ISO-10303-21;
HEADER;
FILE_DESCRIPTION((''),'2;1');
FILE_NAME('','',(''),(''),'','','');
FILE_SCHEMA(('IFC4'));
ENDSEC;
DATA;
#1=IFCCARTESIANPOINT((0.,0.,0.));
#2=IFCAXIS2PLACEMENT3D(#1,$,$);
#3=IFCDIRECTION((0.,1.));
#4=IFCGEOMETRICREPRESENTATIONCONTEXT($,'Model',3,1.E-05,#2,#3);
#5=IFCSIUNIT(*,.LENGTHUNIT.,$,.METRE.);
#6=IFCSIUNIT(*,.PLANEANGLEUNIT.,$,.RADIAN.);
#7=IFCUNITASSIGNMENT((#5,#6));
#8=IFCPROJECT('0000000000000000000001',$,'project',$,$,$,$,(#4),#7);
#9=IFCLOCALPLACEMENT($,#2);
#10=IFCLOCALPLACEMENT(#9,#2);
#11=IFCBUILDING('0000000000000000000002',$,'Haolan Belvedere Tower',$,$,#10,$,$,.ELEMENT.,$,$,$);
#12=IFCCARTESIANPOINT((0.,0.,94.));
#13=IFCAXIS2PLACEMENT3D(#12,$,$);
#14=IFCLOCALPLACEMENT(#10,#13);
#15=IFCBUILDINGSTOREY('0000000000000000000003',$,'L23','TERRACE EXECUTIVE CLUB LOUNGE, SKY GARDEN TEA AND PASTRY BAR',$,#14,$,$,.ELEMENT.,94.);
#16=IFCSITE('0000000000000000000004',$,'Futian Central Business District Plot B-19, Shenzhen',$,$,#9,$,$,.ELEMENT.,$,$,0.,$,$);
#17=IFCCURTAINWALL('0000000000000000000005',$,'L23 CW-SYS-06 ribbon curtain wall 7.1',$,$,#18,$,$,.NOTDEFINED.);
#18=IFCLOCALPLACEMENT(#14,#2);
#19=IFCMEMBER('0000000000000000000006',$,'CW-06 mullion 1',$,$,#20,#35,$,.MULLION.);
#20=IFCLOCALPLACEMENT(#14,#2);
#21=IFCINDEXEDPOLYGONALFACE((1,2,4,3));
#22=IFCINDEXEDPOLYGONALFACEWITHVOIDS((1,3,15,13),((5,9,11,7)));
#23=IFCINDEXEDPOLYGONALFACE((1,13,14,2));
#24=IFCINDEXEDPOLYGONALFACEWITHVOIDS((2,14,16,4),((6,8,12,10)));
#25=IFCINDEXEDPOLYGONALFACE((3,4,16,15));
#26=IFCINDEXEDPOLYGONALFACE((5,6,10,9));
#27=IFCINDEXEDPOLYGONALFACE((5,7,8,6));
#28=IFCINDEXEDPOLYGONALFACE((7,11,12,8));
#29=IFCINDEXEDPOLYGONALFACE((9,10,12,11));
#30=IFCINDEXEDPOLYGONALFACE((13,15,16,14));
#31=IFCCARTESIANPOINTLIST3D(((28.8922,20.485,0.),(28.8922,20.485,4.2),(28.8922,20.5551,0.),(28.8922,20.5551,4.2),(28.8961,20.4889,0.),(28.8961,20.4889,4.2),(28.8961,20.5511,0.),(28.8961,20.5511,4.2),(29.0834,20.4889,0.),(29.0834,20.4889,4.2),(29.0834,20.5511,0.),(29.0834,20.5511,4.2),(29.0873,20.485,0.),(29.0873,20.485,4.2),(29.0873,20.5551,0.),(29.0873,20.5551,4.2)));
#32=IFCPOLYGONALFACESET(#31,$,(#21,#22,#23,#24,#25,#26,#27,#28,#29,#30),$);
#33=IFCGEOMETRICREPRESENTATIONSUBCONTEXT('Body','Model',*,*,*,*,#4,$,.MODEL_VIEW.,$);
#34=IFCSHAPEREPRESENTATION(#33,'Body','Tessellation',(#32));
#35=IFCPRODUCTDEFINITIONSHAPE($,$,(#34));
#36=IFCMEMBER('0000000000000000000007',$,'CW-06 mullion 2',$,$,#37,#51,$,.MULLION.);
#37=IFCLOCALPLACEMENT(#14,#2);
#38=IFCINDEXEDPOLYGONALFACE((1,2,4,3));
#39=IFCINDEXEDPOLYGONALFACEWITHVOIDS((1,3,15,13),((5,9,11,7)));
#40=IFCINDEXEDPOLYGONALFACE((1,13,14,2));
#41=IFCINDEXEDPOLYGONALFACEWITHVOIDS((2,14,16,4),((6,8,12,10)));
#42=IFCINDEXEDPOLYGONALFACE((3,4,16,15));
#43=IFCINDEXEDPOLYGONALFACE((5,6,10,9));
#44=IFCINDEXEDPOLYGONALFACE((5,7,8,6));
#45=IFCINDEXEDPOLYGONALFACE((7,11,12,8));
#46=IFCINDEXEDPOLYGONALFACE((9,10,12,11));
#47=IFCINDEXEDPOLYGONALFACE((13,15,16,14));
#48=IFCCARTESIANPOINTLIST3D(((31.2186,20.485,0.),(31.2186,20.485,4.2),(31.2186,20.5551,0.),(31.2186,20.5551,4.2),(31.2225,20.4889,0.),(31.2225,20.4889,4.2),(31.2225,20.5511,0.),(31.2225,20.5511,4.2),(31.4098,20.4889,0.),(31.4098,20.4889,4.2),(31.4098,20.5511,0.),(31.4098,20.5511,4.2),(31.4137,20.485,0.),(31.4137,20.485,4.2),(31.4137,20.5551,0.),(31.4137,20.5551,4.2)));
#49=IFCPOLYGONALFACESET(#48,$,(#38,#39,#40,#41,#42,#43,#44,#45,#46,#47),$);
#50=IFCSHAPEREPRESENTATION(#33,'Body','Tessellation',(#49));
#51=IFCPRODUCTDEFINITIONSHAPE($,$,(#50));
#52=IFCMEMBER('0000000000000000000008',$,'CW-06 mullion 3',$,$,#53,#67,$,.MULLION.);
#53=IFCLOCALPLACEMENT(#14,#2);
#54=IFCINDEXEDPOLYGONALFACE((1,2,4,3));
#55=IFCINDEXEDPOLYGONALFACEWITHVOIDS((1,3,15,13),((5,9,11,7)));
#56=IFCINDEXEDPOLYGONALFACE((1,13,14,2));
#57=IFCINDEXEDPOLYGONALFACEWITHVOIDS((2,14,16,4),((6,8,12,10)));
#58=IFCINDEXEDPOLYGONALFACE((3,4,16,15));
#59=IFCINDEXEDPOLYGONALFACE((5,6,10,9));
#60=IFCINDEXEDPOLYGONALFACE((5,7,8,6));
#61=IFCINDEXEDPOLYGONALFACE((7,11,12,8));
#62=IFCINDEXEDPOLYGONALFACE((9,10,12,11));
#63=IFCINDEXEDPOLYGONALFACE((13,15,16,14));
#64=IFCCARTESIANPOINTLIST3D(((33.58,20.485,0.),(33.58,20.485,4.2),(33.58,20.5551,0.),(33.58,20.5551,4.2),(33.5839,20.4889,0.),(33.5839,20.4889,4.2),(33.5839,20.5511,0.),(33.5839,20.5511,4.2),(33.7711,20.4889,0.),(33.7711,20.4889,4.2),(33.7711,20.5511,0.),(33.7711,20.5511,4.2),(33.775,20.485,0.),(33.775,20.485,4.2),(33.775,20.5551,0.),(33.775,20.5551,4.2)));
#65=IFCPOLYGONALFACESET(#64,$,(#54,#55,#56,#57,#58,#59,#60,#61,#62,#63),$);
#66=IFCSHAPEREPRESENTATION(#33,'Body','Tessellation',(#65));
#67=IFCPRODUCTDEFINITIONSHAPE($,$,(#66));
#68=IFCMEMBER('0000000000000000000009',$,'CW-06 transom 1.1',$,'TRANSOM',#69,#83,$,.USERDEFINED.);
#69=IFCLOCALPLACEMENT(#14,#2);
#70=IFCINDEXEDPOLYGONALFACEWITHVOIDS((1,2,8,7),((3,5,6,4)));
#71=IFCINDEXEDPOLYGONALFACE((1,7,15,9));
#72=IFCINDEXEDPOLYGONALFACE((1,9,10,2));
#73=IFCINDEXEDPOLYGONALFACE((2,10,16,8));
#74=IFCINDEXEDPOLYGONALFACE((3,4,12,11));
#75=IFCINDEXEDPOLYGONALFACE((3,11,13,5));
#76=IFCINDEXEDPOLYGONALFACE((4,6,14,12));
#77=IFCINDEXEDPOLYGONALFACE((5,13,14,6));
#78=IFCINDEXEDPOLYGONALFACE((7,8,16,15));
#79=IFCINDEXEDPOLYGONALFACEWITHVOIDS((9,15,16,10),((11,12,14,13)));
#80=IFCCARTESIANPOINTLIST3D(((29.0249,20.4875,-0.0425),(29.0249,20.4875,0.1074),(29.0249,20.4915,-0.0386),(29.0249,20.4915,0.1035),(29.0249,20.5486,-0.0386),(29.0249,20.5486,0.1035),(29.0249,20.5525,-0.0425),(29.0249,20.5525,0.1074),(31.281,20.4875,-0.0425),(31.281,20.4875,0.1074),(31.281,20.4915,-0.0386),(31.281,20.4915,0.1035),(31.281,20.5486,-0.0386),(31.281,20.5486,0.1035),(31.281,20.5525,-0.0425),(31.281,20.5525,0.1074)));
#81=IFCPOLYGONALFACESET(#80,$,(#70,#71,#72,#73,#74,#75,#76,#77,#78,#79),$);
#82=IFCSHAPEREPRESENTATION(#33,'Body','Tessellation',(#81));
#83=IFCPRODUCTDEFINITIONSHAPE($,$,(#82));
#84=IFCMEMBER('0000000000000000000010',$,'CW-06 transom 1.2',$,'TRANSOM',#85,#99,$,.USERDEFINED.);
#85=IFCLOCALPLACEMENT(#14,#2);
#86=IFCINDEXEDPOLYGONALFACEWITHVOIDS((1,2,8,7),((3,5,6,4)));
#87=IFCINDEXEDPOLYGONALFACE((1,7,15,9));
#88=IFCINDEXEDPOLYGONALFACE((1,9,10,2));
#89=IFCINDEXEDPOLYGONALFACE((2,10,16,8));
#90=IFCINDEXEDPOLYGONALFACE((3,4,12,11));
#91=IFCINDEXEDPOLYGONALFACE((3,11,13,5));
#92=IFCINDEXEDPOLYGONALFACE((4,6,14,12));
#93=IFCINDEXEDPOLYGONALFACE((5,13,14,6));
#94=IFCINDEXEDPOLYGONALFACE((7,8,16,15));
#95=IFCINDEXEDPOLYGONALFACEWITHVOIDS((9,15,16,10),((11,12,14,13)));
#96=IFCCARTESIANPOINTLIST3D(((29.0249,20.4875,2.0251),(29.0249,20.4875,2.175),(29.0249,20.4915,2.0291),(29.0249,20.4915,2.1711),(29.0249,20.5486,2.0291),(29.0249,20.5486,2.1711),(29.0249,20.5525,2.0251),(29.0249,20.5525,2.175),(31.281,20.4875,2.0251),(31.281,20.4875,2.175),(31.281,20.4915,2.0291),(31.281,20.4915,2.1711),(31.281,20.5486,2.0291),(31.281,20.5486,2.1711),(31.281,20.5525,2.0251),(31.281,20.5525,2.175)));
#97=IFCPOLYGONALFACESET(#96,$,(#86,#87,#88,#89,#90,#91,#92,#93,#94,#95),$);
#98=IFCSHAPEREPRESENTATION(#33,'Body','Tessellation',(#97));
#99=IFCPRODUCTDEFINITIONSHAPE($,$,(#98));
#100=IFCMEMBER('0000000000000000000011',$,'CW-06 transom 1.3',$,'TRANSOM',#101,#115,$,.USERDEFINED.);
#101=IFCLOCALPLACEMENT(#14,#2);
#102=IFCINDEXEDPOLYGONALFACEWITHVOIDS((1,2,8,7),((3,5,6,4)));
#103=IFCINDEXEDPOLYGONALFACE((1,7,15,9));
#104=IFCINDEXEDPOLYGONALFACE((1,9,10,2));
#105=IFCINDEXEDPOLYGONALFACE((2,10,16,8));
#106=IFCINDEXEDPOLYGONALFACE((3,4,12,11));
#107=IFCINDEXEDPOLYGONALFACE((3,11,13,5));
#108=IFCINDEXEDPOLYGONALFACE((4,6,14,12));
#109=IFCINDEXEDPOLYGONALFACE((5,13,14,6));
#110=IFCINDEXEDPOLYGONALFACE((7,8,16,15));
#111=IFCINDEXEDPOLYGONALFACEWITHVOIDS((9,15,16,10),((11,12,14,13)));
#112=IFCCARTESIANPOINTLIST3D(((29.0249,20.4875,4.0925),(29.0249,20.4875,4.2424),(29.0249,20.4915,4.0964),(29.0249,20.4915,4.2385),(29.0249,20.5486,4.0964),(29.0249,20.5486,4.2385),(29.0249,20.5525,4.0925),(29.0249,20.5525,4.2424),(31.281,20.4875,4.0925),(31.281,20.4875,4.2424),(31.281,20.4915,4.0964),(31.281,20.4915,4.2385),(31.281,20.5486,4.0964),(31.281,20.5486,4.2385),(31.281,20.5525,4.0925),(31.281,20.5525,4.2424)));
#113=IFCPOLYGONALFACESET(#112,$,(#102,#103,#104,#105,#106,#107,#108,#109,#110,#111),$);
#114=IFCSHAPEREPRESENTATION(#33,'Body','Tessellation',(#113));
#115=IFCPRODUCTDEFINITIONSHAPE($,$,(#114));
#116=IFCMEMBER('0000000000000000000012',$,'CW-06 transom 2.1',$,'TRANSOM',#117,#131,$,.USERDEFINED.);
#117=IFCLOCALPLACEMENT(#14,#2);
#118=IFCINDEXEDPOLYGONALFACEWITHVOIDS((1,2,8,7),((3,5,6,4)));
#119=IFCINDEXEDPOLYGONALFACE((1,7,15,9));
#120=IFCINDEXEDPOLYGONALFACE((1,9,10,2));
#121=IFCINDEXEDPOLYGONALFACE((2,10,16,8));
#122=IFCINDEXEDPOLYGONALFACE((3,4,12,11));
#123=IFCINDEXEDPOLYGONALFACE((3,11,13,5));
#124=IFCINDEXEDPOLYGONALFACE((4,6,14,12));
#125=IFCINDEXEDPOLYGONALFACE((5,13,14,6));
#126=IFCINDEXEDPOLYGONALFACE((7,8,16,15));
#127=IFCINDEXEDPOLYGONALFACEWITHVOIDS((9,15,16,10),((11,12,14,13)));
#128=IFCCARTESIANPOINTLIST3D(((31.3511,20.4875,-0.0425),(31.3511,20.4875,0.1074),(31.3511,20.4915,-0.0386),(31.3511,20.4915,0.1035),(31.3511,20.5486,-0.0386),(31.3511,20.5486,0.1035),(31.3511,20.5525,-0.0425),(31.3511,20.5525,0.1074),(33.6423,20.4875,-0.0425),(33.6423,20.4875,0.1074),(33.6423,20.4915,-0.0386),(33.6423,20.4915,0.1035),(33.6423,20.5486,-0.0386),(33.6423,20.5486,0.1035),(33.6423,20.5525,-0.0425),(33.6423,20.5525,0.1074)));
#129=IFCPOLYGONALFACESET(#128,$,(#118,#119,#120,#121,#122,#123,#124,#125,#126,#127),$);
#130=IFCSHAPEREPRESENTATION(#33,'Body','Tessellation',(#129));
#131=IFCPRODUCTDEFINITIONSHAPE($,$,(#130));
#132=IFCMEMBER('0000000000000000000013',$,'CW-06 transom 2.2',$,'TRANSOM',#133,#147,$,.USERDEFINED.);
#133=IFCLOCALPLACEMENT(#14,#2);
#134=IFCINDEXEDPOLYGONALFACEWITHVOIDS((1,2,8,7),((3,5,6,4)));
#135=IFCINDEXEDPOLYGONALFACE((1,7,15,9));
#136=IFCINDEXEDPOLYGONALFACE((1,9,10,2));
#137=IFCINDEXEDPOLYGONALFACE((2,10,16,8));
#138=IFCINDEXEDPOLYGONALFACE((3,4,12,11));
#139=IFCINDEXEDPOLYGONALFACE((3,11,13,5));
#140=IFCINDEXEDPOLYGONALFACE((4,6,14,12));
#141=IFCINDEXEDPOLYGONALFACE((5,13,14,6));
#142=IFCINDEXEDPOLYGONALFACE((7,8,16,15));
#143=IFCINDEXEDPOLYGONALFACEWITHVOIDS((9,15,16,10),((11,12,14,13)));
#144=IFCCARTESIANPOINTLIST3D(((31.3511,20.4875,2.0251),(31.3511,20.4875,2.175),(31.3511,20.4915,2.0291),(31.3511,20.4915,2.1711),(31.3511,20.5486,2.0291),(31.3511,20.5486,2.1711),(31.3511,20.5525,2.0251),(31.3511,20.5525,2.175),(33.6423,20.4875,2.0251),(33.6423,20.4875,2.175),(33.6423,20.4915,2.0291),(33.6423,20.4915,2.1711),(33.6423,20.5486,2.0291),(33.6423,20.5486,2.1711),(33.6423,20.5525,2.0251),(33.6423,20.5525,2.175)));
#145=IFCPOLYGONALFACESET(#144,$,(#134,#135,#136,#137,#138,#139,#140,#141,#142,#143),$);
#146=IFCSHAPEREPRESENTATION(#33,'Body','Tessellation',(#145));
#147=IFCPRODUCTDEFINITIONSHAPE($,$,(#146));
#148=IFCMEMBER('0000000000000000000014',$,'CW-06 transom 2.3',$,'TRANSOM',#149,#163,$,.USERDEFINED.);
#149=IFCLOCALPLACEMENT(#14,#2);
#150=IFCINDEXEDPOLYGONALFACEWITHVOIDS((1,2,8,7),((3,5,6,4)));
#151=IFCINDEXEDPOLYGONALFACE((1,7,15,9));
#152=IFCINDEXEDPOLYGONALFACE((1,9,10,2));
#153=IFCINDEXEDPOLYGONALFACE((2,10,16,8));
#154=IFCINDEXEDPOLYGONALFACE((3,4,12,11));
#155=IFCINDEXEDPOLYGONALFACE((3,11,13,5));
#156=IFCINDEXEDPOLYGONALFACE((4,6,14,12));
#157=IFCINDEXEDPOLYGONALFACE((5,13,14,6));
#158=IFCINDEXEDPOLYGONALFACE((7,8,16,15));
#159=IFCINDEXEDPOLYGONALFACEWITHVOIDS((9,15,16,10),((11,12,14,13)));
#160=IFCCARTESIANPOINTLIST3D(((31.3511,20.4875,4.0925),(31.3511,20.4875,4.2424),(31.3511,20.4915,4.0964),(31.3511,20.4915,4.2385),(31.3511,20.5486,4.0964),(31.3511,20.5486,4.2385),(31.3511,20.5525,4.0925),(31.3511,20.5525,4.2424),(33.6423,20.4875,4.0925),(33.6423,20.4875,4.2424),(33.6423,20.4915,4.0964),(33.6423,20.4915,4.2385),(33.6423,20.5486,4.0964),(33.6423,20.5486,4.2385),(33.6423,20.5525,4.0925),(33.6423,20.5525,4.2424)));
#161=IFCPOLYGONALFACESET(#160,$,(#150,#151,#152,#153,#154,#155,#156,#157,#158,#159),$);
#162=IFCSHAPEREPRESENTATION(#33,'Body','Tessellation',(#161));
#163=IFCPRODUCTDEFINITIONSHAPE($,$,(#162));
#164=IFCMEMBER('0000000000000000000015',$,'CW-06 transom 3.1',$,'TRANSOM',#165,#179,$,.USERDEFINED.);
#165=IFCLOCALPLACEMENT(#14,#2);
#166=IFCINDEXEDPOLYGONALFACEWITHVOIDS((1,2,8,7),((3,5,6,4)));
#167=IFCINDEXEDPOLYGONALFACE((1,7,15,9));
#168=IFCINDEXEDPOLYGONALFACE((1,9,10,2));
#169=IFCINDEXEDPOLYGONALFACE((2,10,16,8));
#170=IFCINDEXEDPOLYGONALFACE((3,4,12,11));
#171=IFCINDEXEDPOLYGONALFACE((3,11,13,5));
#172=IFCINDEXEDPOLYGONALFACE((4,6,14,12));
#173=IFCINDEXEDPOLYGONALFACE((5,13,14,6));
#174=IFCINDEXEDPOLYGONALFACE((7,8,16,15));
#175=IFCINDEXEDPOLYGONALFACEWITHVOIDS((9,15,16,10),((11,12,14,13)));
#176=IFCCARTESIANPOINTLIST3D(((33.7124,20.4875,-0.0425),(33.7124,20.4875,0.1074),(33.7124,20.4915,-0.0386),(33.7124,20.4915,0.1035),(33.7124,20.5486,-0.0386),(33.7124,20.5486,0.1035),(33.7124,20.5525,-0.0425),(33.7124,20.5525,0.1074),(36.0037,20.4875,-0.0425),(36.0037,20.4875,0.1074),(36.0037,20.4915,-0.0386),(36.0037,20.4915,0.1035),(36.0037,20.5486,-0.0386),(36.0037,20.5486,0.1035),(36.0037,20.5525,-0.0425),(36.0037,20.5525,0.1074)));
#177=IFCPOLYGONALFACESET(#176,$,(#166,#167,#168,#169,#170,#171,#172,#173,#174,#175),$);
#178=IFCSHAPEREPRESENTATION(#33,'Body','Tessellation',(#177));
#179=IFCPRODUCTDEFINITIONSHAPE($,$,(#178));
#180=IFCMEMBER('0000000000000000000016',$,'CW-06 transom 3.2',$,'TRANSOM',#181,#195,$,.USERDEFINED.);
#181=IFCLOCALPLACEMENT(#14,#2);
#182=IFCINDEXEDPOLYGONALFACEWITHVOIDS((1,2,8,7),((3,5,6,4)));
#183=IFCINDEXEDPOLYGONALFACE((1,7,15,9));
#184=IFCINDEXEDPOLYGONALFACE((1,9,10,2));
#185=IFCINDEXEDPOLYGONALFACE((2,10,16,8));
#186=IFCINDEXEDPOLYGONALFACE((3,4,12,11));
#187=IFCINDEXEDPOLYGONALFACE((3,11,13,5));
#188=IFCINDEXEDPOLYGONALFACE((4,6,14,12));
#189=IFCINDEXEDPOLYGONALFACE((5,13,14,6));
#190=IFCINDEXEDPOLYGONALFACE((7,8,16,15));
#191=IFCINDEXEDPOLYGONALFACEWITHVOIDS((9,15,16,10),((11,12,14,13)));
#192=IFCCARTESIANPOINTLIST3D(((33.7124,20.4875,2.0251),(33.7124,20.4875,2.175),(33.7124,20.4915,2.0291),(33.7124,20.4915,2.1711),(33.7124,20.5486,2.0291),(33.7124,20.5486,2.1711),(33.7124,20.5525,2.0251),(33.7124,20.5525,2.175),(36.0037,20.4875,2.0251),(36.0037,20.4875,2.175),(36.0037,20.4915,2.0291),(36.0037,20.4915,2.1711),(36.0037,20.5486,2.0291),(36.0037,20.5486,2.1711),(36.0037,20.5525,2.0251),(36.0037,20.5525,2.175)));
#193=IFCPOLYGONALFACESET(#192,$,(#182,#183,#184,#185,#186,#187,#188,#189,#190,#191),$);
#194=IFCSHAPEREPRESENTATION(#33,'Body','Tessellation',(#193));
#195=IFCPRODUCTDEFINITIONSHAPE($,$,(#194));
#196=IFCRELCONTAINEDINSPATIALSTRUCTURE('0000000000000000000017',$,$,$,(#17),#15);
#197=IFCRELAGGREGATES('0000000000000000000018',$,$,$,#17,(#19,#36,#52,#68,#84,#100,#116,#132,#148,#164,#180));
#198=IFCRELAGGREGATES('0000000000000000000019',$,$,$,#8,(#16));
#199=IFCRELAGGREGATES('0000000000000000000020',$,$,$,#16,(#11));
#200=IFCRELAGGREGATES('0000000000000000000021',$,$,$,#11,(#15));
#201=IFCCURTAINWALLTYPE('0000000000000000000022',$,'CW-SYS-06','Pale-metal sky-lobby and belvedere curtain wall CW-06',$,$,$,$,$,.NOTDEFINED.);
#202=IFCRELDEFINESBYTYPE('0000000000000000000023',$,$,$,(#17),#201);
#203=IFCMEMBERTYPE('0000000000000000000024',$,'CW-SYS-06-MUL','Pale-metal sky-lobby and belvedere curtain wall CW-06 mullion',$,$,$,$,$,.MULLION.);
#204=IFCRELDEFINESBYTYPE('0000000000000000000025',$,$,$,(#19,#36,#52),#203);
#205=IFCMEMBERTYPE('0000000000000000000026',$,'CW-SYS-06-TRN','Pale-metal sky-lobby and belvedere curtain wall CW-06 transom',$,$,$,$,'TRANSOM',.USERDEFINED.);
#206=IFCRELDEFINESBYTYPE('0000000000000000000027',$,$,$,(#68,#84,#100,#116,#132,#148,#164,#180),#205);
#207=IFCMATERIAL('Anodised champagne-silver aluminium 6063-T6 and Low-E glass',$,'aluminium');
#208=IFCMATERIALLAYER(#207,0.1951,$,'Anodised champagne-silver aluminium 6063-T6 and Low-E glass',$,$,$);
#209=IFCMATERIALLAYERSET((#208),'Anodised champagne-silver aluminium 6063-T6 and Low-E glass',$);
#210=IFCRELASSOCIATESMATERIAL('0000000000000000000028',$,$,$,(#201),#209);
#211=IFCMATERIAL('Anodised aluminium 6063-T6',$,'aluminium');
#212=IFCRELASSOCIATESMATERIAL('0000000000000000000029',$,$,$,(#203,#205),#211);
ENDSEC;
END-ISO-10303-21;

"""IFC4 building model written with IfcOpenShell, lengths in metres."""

from ifc_helpers import new_model, si_unit, direction, frame, origin, origin_2d, place, context, subcontext, project, spatial, hollow_rectangle, extrude, material, layer, layer_set, material_profile, profile_set, type_object, element, aggregate, save


model = new_model("IFC4")

# Units and contexts
model_context = context("Model", 3, precision=1e-05, world=origin(), true_north=direction((0.0, 1.0)))
body_context = subcontext(model_context, "Body", "Model", "MODEL_VIEW")
ifc_project = project(units=[si_unit("LENGTHUNIT", "METRE"), si_unit("PLANEANGLEUNIT", "RADIAN")], contexts=[model_context])

# Site, building, storey
site_placement = place(None, origin())
site = spatial("IfcSite", under=ifc_project, at=site_placement, Name="Futian Central Business District Plot B-19, Shenzhen", CompositionType="ELEMENT", RefElevation=0.0)
building_placement = place(site_placement, origin())
building = spatial("IfcBuilding", under=site, at=building_placement, Name="Haolan Belvedere Tower", CompositionType="ELEMENT")
storey_placement = place(building_placement, frame((0.0, 0.0, 94.0)))
storey = spatial("IfcBuildingStorey", under=building, at=storey_placement, Name="L23", Description="TERRACE EXECUTIVE CLUB LOUNGE, SKY GARDEN TEA AND PASTRY BAR", CompositionType="ELEMENT", Elevation=94.0)

# Curtain wall, members
ifc_material_1 = material(Name="Anodised champagne-silver aluminium 6063-T6 and Low-E glass", Category="aluminium")
ifc_layer_1 = layer(ifc_material_1, 0.1951, Name="Anodised champagne-silver aluminium 6063-T6 and Low-E glass")
ifc_layer_set_1 = layer_set([ifc_layer_1], Name="Anodised champagne-silver aluminium 6063-T6 and Low-E glass")
curtain_wall_type = type_object("IfcCurtainWallType", Name="CW-SYS-06", Description="Pale-metal sky-lobby and belvedere curtain wall CW-06", PredefinedType="NOTDEFINED", material=ifc_layer_set_1)
curtain_wall_placement = place(storey_placement, origin())
curtain_wall = element("IfcCurtainWall", 1, at=curtain_wall_placement, inside=storey, type_object=curtain_wall_type, Name="L23 CW-SYS-06 ribbon curtain wall 7.1", PredefinedType="NOTDEFINED")
ifc_material_2 = material(Name="Anodised aluminium 6063-T6", Category="aluminium")
ifc_material_profile_1 = material_profile(ifc_material_2, hollow_rectangle(XDim=0.0701, YDim=0.1951, WallThickness=0.0039, at=origin_2d()), Name="Anodised aluminium 6063-T6")
ifc_profile_set_1 = profile_set([ifc_material_profile_1], Name="Anodised aluminium 6063-T6")
member_type_1 = type_object("IfcMemberType", Name="CW-SYS-06-MUL", Description="Pale-metal sky-lobby and belvedere curtain wall CW-06 mullion", PredefinedType="MULLION", material=ifc_profile_set_1)
member_1_placement = place(storey_placement, frame((28.9897, 20.52, 0.0), z_axis=(0.0, 0.0, 1.0), x_axis=(0.0, 1.0, 0.0)))
member_1 = element("IfcMember", 2, at=member_1_placement, type_object=member_type_1, Name="CW-06 mullion 1", PredefinedType="MULLION", context=body_context, shape_type="SweptSolid", body=[
    extrude(hollow_rectangle(XDim=0.0701, YDim=0.1951, WallThickness=0.0039, at=origin_2d()), origin(), (0.0, 0.0, 1.0), 4.2),
])
member_2_placement = place(storey_placement, frame((31.3162, 20.52, 0.0), z_axis=(0.0, 0.0, 1.0), x_axis=(0.0, 1.0, 0.0)))
member_2 = element("IfcMember", 3, at=member_2_placement, type_object=member_type_1, Name="CW-06 mullion 2", PredefinedType="MULLION", context=body_context, shape_type="SweptSolid", body=[
    extrude(hollow_rectangle(XDim=0.0701, YDim=0.1951, WallThickness=0.0039, at=origin_2d()), origin(), (0.0, 0.0, 1.0), 4.2),
])
member_3_placement = place(storey_placement, frame((33.6775, 20.52, 0.0), z_axis=(0.0, 0.0, 1.0), x_axis=(0.0, 1.0, 0.0)))
member_3 = element("IfcMember", 4, at=member_3_placement, type_object=member_type_1, Name="CW-06 mullion 3", PredefinedType="MULLION", context=body_context, shape_type="SweptSolid", body=[
    extrude(hollow_rectangle(XDim=0.0701, YDim=0.1951, WallThickness=0.0039, at=origin_2d()), origin(), (0.0, 0.0, 1.0), 4.2),
])
ifc_material_profile_2 = material_profile(ifc_material_2, hollow_rectangle(XDim=0.0649, YDim=0.1499, WallThickness=0.0039, at=origin_2d()), Name="Anodised aluminium 6063-T6")
ifc_profile_set_2 = profile_set([ifc_material_profile_2], Name="Anodised aluminium 6063-T6")
member_type_2 = type_object("IfcMemberType", Name="CW-SYS-06-TRN", Description="Pale-metal sky-lobby and belvedere curtain wall CW-06 transom", ElementType="TRANSOM", PredefinedType="USERDEFINED", material=ifc_profile_set_2)
member_4_placement = place(storey_placement, frame((29.0249, 20.52, 0.0325), z_axis=(1.0, 0.0, 0.0), x_axis=(0.0, 1.0, 0.0)))
member_4 = element("IfcMember", 5, at=member_4_placement, type_object=member_type_2, Name="CW-06 transom 1.1", ObjectType="TRANSOM", PredefinedType="USERDEFINED", context=body_context, shape_type="SweptSolid", body=[
    extrude(hollow_rectangle(XDim=0.0649, YDim=0.1499, WallThickness=0.0039, at=origin_2d()), origin(), (0.0, 0.0, 1.0), 2.2561),
])
member_5_placement = place(storey_placement, frame((29.0249, 20.52, 2.1001), z_axis=(1.0, 0.0, 0.0), x_axis=(0.0, 1.0, 0.0)))
member_5 = element("IfcMember", 6, at=member_5_placement, type_object=member_type_2, Name="CW-06 transom 1.2", ObjectType="TRANSOM", PredefinedType="USERDEFINED", context=body_context, shape_type="SweptSolid", body=[
    extrude(hollow_rectangle(XDim=0.0649, YDim=0.1499, WallThickness=0.0039, at=origin_2d()), origin(), (0.0, 0.0, 1.0), 2.2561),
])
member_6_placement = place(storey_placement, frame((29.0249, 20.52, 4.1675), z_axis=(1.0, 0.0, 0.0), x_axis=(0.0, 1.0, 0.0)))
member_6 = element("IfcMember", 7, at=member_6_placement, type_object=member_type_2, Name="CW-06 transom 1.3", ObjectType="TRANSOM", PredefinedType="USERDEFINED", context=body_context, shape_type="SweptSolid", body=[
    extrude(hollow_rectangle(XDim=0.0649, YDim=0.1499, WallThickness=0.0039, at=origin_2d()), origin(), (0.0, 0.0, 1.0), 2.2561),
])
member_7_placement = place(storey_placement, frame((31.3511, 20.52, 0.0325), z_axis=(1.0, 0.0, 0.0), x_axis=(0.0, 1.0, 0.0)))
member_7 = element("IfcMember", 8, at=member_7_placement, type_object=member_type_2, Name="CW-06 transom 2.1", ObjectType="TRANSOM", PredefinedType="USERDEFINED", context=body_context, shape_type="SweptSolid", body=[
    extrude(hollow_rectangle(XDim=0.0649, YDim=0.1499, WallThickness=0.0039, at=origin_2d()), origin(), (0.0, 0.0, 1.0), 2.2913),
])
member_8_placement = place(storey_placement, frame((31.3511, 20.52, 2.1001), z_axis=(1.0, 0.0, 0.0), x_axis=(0.0, 1.0, 0.0)))
member_8 = element("IfcMember", 9, at=member_8_placement, type_object=member_type_2, Name="CW-06 transom 2.2", ObjectType="TRANSOM", PredefinedType="USERDEFINED", context=body_context, shape_type="SweptSolid", body=[
    extrude(hollow_rectangle(XDim=0.0649, YDim=0.1499, WallThickness=0.0039, at=origin_2d()), origin(), (0.0, 0.0, 1.0), 2.2913),
])
member_9_placement = place(storey_placement, frame((31.3511, 20.52, 4.1675), z_axis=(1.0, 0.0, 0.0), x_axis=(0.0, 1.0, 0.0)))
member_9 = element("IfcMember", 10, at=member_9_placement, type_object=member_type_2, Name="CW-06 transom 2.3", ObjectType="TRANSOM", PredefinedType="USERDEFINED", context=body_context, shape_type="SweptSolid", body=[
    extrude(hollow_rectangle(XDim=0.0649, YDim=0.1499, WallThickness=0.0039, at=origin_2d()), origin(), (0.0, 0.0, 1.0), 2.2913),
])
member_10_placement = place(storey_placement, frame((33.7124, 20.52, 0.0325), z_axis=(1.0, 0.0, 0.0), x_axis=(0.0, 1.0, 0.0)))
member_10 = element("IfcMember", 11, at=member_10_placement, type_object=member_type_2, Name="CW-06 transom 3.1", ObjectType="TRANSOM", PredefinedType="USERDEFINED", context=body_context, shape_type="SweptSolid", body=[
    extrude(hollow_rectangle(XDim=0.0649, YDim=0.1499, WallThickness=0.0039, at=origin_2d()), origin(), (0.0, 0.0, 1.0), 2.2913),
])
member_11_placement = place(storey_placement, frame((33.7124, 20.52, 2.1001), z_axis=(1.0, 0.0, 0.0), x_axis=(0.0, 1.0, 0.0)))
member_11 = element("IfcMember", 12, at=member_11_placement, type_object=member_type_2, Name="CW-06 transom 3.2", ObjectType="TRANSOM", PredefinedType="USERDEFINED", context=body_context, shape_type="SweptSolid", body=[
    extrude(hollow_rectangle(XDim=0.0649, YDim=0.1499, WallThickness=0.0039, at=origin_2d()), origin(), (0.0, 0.0, 1.0), 2.2913),
])
aggregate(curtain_wall, [member_1, member_2, member_3, member_4, member_5, member_6, member_7, member_8, member_9, member_10, member_11])

save(model, "model.ifc")
